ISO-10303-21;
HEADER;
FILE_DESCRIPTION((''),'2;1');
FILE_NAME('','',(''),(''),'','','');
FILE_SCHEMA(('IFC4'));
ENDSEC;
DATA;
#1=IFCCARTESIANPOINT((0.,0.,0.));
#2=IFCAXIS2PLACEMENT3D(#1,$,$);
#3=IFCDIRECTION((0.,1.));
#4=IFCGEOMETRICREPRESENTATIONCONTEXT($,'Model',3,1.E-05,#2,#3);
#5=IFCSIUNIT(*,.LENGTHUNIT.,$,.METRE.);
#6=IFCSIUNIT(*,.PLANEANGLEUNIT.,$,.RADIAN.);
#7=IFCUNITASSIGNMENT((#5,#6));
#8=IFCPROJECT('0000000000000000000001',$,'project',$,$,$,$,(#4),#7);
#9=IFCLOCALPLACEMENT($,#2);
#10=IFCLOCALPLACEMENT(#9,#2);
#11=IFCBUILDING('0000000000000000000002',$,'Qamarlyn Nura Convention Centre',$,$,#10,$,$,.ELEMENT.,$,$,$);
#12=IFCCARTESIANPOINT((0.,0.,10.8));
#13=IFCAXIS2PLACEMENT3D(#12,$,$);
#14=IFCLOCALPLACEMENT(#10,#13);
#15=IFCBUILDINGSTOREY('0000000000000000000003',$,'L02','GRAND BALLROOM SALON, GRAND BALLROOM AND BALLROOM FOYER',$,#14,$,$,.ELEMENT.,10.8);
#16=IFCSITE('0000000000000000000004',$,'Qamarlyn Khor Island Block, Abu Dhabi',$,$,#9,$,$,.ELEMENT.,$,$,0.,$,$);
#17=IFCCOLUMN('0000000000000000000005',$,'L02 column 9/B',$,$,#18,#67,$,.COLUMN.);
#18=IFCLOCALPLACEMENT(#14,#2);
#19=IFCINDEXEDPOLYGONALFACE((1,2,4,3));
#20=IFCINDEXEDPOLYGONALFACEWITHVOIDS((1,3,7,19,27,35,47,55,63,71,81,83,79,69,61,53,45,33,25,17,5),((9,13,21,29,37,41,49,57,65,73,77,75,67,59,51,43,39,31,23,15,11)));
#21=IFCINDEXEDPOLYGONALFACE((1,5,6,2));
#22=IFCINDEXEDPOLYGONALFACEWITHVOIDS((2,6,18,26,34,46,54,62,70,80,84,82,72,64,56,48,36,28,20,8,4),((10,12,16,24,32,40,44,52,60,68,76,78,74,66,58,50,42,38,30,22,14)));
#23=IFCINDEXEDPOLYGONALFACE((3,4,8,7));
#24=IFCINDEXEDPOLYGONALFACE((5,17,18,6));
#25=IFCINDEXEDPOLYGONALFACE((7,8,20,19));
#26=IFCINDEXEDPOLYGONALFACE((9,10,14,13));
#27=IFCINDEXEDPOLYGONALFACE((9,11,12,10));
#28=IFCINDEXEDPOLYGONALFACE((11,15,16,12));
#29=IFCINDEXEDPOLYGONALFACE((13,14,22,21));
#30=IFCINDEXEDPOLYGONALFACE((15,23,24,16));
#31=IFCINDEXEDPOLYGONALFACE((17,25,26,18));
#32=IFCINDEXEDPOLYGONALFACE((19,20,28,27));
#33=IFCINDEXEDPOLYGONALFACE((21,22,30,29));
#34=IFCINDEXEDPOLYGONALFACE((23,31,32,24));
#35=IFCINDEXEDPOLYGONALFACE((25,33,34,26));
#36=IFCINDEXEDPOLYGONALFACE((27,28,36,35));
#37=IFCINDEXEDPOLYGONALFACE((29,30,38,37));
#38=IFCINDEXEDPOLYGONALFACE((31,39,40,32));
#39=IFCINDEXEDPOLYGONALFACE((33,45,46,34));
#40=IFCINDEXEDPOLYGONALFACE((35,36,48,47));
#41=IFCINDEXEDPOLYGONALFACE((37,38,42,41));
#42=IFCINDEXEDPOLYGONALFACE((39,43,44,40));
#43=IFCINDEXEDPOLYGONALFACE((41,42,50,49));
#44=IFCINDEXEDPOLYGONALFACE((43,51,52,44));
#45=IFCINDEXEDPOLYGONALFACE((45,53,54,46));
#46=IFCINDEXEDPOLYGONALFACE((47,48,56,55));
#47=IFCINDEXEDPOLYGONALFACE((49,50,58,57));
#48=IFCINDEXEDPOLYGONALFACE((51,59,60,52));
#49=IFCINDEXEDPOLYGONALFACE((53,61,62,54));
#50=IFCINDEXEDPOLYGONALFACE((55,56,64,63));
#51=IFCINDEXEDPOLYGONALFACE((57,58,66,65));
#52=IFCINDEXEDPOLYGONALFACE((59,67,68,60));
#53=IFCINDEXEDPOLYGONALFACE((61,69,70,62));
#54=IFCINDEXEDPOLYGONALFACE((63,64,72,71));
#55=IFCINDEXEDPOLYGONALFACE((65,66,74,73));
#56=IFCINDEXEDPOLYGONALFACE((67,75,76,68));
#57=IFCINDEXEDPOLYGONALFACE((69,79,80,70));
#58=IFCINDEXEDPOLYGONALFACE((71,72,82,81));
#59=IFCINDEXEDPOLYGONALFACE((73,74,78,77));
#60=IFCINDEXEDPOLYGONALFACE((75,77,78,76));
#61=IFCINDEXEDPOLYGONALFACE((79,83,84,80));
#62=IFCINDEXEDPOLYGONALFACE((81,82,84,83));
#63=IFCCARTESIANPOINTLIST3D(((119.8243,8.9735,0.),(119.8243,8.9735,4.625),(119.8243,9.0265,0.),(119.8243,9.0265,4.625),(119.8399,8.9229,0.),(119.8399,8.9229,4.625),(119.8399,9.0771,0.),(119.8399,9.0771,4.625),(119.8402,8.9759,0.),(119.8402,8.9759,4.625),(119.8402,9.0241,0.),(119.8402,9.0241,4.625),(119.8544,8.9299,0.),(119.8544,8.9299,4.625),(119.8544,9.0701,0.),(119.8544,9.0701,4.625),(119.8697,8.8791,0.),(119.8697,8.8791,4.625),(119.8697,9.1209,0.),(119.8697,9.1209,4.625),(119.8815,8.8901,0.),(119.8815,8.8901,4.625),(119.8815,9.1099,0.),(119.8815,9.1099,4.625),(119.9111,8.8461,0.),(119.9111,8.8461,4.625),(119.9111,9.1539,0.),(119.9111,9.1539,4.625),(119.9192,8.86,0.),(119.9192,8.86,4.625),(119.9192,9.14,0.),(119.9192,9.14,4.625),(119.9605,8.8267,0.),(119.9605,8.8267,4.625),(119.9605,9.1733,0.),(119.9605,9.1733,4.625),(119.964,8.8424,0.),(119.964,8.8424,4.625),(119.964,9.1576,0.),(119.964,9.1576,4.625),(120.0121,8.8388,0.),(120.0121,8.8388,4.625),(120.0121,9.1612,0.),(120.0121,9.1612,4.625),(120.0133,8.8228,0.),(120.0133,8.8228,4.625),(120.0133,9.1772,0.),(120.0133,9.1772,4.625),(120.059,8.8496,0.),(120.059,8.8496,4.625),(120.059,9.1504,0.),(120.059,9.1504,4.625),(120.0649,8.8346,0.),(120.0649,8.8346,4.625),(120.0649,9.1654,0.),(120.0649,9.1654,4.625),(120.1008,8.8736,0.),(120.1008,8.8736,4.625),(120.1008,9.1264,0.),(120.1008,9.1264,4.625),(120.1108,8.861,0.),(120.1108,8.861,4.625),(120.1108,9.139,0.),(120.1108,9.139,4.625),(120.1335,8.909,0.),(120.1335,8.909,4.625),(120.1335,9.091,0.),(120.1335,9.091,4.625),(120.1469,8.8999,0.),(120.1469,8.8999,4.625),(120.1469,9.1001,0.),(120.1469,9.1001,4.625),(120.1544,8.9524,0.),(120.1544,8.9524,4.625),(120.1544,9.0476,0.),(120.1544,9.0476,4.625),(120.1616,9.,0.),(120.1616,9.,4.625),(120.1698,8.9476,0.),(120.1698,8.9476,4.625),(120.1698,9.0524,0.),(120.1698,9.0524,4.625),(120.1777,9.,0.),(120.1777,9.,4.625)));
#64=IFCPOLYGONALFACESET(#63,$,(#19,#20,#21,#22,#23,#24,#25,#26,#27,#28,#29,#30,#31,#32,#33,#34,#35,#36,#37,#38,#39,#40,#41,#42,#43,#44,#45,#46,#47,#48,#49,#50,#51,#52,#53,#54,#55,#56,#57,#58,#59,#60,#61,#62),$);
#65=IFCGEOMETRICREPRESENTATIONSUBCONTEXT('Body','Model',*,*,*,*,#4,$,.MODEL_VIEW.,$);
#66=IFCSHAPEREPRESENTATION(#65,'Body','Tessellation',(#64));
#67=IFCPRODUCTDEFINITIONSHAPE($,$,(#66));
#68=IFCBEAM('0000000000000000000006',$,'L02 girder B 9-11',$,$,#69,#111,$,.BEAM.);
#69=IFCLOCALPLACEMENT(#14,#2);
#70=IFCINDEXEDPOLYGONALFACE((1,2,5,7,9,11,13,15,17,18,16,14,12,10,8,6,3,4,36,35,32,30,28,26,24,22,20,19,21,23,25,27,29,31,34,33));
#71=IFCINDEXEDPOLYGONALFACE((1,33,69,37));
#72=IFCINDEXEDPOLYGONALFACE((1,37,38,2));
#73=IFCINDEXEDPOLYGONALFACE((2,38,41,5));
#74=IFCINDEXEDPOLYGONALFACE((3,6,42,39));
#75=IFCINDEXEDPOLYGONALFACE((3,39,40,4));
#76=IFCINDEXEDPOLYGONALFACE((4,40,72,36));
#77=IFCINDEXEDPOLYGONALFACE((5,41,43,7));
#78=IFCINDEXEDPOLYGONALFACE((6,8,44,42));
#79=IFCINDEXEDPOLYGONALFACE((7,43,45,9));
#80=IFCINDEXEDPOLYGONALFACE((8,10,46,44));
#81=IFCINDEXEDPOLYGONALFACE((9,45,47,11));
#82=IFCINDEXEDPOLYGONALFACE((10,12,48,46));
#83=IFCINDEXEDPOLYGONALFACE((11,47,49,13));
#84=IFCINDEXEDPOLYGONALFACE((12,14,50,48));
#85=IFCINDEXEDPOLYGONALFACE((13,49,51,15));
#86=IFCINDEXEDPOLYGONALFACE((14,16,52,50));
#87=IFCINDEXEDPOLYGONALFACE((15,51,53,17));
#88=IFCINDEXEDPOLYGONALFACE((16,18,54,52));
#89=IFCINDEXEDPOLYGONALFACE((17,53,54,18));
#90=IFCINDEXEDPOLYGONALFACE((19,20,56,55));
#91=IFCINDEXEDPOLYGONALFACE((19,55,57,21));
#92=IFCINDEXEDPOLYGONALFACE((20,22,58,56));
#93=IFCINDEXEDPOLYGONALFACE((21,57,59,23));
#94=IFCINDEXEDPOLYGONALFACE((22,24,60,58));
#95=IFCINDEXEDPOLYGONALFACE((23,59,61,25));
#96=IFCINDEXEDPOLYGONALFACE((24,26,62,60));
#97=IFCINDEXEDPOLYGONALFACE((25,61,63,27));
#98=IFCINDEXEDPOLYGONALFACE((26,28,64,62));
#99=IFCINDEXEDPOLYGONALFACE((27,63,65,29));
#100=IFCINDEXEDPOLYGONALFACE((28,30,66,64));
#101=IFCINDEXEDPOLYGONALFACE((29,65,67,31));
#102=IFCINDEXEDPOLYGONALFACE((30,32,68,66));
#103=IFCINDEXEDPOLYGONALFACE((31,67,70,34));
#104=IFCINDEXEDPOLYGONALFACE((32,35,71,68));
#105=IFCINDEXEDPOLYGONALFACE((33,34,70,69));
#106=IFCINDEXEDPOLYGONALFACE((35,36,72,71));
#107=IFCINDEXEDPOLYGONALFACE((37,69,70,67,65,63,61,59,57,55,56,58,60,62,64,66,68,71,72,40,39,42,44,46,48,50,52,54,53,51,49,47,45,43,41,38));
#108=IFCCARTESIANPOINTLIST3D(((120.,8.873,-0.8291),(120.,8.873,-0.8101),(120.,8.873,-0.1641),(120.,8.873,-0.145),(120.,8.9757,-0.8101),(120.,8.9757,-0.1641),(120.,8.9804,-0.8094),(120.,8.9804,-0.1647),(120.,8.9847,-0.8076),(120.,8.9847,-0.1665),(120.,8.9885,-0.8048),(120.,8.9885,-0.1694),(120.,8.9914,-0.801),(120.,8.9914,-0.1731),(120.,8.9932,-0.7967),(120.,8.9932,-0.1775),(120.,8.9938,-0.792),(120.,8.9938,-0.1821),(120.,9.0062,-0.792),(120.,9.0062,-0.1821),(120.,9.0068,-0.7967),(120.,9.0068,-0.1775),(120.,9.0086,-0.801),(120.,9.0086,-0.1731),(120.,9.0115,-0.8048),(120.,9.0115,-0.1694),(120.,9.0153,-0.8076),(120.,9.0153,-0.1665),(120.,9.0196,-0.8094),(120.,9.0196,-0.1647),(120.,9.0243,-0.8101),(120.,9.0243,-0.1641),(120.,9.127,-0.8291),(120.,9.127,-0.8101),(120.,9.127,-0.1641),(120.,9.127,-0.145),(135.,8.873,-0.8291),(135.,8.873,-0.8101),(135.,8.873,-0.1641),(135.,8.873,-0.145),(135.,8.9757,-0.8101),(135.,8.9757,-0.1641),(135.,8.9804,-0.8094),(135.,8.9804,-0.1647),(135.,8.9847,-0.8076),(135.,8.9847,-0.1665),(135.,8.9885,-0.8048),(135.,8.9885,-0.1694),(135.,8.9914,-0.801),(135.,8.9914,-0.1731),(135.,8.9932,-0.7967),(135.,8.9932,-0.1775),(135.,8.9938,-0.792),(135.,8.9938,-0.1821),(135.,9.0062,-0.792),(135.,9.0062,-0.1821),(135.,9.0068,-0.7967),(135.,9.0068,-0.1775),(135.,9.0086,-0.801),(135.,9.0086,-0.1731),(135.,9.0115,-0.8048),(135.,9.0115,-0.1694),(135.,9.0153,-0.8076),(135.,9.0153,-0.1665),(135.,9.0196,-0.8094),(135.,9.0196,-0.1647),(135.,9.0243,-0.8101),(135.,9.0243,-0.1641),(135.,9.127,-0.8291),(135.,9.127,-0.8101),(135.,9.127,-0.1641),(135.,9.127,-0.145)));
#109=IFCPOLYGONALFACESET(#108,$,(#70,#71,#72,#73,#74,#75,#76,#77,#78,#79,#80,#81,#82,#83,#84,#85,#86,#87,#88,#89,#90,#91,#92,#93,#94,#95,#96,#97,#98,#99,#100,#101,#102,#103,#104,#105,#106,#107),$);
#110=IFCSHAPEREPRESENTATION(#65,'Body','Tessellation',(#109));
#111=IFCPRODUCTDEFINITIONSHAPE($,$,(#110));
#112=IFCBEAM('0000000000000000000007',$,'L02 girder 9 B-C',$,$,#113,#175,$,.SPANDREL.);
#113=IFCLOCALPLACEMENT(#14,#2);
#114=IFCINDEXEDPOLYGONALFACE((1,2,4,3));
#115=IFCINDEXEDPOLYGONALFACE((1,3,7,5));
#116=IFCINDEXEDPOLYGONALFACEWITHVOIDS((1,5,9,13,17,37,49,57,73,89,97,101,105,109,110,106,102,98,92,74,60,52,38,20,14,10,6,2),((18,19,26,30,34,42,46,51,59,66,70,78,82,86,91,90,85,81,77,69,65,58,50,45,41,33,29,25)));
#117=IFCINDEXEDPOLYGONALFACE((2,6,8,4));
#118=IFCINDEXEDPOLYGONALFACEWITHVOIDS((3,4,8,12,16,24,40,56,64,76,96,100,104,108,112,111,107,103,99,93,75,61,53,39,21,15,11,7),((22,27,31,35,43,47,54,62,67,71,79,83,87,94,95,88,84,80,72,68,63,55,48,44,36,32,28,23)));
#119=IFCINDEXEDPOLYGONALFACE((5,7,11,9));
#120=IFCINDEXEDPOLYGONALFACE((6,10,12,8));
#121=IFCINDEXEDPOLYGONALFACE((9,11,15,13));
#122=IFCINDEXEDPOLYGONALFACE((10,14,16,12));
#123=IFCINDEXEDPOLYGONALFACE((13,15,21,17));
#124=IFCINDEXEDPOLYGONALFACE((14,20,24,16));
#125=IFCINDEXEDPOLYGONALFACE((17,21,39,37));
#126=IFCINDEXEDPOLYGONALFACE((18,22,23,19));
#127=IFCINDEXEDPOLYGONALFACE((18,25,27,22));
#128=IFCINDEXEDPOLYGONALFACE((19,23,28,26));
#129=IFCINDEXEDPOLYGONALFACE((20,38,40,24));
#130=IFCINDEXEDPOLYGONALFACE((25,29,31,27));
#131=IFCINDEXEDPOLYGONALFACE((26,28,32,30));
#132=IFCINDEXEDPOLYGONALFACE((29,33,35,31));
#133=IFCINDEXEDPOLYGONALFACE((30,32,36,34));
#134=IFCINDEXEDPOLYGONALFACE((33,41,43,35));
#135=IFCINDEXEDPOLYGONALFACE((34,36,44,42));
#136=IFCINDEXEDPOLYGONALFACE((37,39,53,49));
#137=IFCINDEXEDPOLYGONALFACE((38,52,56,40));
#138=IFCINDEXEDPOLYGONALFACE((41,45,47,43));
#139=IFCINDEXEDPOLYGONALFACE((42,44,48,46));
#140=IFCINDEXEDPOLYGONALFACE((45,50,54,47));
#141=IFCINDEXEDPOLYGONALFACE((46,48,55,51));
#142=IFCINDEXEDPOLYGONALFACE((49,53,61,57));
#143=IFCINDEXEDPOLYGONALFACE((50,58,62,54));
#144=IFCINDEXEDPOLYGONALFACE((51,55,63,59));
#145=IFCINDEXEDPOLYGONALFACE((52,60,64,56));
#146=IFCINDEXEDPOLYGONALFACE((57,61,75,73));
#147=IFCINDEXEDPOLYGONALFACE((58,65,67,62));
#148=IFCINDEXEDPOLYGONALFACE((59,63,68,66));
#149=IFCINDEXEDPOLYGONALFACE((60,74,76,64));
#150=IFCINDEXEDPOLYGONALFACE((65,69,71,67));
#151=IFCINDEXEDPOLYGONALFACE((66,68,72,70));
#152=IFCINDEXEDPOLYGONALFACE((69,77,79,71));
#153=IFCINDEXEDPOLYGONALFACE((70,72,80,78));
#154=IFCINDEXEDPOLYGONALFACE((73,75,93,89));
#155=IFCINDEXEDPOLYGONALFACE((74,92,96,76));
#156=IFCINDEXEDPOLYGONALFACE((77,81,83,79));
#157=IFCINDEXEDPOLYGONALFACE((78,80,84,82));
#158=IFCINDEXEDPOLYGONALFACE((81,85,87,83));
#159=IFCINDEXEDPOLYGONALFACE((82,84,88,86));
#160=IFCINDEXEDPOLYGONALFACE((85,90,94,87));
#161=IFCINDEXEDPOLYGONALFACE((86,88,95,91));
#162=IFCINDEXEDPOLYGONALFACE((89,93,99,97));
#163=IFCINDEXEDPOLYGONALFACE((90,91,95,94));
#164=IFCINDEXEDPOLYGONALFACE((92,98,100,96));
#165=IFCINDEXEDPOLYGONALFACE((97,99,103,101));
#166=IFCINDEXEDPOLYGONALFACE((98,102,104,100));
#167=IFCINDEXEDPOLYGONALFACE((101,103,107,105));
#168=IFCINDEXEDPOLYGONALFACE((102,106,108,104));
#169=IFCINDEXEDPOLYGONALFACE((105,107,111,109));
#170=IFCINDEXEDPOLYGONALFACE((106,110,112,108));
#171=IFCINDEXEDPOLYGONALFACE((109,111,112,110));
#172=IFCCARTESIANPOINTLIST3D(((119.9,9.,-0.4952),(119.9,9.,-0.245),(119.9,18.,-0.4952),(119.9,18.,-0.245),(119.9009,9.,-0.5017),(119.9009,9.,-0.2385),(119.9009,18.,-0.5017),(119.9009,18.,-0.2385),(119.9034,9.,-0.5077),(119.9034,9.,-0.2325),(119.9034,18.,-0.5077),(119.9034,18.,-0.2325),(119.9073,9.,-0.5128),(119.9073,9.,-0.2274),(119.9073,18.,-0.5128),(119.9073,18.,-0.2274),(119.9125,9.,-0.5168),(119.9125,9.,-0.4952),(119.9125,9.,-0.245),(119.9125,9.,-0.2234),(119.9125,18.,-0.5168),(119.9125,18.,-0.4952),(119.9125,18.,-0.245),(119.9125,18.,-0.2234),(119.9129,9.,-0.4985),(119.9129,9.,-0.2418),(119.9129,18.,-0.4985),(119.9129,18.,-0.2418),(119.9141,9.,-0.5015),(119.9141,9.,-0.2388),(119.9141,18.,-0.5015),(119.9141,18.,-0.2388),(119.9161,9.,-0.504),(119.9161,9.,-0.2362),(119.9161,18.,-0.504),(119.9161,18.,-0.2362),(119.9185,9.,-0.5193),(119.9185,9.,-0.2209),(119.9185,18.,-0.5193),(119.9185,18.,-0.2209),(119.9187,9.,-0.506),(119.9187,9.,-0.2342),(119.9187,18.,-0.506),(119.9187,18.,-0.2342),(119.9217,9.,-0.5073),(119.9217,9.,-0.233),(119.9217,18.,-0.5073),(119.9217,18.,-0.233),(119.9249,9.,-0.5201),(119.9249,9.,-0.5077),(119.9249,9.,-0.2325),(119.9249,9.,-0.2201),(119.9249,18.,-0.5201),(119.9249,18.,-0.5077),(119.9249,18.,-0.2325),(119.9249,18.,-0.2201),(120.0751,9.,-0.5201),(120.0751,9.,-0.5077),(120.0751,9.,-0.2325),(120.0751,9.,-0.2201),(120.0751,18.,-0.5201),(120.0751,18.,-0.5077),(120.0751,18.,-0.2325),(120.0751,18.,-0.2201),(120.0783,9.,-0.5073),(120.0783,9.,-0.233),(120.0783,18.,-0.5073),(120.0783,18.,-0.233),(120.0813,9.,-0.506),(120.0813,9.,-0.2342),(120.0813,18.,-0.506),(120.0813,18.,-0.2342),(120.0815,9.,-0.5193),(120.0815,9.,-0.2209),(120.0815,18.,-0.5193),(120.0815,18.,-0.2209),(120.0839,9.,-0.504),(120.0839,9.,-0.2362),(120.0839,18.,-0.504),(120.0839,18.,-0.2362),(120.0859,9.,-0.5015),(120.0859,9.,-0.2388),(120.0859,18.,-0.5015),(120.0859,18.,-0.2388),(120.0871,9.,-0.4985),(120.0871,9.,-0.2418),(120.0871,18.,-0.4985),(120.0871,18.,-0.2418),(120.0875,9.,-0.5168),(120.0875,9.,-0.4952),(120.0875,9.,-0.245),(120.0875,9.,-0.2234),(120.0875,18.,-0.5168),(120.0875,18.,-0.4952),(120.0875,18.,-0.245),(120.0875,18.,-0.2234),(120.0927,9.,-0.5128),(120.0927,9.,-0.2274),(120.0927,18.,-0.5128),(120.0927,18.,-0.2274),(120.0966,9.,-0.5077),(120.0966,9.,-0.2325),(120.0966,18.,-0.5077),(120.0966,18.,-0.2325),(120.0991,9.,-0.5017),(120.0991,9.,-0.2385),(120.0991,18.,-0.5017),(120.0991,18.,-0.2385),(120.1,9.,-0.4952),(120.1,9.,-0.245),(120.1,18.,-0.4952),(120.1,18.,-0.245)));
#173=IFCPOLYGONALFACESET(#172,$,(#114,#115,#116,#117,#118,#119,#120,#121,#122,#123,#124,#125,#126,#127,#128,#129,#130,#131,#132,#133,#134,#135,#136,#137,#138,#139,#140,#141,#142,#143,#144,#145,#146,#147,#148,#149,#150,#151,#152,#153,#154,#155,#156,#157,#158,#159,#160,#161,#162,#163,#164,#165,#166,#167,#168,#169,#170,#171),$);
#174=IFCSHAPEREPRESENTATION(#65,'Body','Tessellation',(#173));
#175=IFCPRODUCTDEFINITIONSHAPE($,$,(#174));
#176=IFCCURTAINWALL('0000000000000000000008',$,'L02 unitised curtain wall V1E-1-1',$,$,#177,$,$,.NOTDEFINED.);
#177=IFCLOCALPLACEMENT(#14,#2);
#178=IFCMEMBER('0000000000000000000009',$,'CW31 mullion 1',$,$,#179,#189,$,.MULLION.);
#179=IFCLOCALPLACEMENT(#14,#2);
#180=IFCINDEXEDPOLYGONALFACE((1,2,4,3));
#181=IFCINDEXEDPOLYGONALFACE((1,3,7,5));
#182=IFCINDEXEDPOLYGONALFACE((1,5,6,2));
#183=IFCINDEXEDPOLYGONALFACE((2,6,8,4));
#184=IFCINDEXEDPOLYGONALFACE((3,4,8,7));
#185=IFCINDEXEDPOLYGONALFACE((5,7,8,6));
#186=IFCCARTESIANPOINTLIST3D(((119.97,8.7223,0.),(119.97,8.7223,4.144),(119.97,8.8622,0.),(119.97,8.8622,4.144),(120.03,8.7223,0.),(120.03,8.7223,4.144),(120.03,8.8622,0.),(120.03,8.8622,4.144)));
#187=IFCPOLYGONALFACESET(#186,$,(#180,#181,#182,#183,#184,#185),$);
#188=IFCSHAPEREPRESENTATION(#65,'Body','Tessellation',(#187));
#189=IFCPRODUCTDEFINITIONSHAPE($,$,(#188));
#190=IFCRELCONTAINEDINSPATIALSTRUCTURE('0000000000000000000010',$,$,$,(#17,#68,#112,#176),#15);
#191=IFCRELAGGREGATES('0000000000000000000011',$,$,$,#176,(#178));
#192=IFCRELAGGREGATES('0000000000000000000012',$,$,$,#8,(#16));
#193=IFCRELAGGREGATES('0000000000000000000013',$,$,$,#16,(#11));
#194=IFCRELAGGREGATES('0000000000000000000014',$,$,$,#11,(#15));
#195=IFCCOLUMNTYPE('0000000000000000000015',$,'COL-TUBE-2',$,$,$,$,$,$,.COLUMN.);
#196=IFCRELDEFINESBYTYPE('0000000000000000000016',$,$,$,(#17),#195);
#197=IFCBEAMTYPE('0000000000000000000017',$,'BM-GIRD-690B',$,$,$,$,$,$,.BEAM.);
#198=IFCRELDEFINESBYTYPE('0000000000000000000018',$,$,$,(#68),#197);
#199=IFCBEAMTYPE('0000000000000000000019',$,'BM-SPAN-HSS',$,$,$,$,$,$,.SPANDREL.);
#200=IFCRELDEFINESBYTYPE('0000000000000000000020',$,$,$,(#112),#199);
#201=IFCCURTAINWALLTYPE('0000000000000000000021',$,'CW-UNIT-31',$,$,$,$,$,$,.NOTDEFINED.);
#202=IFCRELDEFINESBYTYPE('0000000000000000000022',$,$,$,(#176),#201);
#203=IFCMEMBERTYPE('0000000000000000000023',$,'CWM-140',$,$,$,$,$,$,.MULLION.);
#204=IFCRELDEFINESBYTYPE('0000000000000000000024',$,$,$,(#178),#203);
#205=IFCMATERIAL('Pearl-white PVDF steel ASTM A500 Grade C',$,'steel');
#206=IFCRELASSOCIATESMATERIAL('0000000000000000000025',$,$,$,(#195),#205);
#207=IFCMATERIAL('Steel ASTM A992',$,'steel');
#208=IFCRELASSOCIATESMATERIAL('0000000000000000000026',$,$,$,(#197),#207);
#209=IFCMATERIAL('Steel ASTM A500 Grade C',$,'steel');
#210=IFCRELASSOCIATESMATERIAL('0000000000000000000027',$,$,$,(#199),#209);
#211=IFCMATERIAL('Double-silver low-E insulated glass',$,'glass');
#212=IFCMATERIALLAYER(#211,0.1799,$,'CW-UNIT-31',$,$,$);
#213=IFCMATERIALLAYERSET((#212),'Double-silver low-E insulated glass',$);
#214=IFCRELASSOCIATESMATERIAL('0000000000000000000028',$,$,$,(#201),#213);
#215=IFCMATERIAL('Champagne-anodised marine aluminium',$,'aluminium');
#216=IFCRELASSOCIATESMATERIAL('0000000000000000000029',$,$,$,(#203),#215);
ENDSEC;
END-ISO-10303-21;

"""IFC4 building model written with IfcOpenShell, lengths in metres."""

from ifc_helpers import new_model, si_unit, direction, frame, origin, origin_2d, place, context, subcontext, project, spatial, rectangle, hollow_rectangle, hollow_circle, i_section, extrude, material, layer, layer_set, material_profile, profile_set, type_object, element, aggregate, save


model = new_model("IFC4")

# Units and contexts
model_context = context("Model", 3, precision=1e-05, world=origin(), true_north=direction((0.0, 1.0)))
body_context = subcontext(model_context, "Body", "Model", "MODEL_VIEW")
ifc_project = project(units=[si_unit("LENGTHUNIT", "METRE"), si_unit("PLANEANGLEUNIT", "RADIAN")], contexts=[model_context])

# Site, building, storey
site_placement = place(None, origin())
site = spatial("IfcSite", under=ifc_project, at=site_placement, Name="Qamarlyn Khor Island Block, Abu Dhabi", CompositionType="ELEMENT", RefElevation=0.0)
building_placement = place(site_placement, origin())
building = spatial("IfcBuilding", under=site, at=building_placement, Name="Qamarlyn Nura Convention Centre", CompositionType="ELEMENT")
storey_placement = place(building_placement, frame((0.0, 0.0, 10.8)))
storey = spatial("IfcBuildingStorey", under=building, at=storey_placement, Name="L02", Description="GRAND BALLROOM SALON, GRAND BALLROOM AND BALLROOM FOYER", CompositionType="ELEMENT", Elevation=10.8)

# Column
ifc_material_1 = material(Name="Pearl-white PVDF steel ASTM A500 Grade C", Category="steel")
ifc_material_profile_1 = material_profile(ifc_material_1, hollow_circle(Radius=0.1777, WallThickness=0.0161, at=origin_2d()), Name="CHS355.6X16")
ifc_profile_set_1 = profile_set([ifc_material_profile_1], Name="Pearl-white PVDF steel ASTM A500 Grade C")
column_type = type_object("IfcColumnType", Name="COL-TUBE-2", PredefinedType="COLUMN", material=ifc_profile_set_1)
column_placement = place(storey_placement, frame((120.0, 9.0, 0.0), z_axis=(0.0, 0.0, 1.0), x_axis=(1.0, 0.0, 0.0)))
element("IfcColumn", 1, at=column_placement, inside=storey, type_object=column_type, Name="L02 column 9/B", PredefinedType="COLUMN", context=body_context, shape_type="SweptSolid", body=[
    extrude(hollow_circle(Radius=0.1777, WallThickness=0.0161, at=origin_2d()), origin(), (0.0, 0.0, 1.0), 4.625),
])

# Beams
ifc_material_2 = material(Name="Steel ASTM A992", Category="steel")
ifc_material_profile_2 = material_profile(ifc_material_2, i_section(OverallWidth=0.2539, OverallDepth=0.6841, WebThickness=0.0125, FlangeThickness=0.019, FilletRadius=0.0181, at=origin_2d()), Name="W690X140")
ifc_profile_set_2 = profile_set([ifc_material_profile_2], Name="Steel ASTM A992")
beam_type_1 = type_object("IfcBeamType", Name="BM-GIRD-690B", PredefinedType="BEAM", material=ifc_profile_set_2)
beam_1_placement = place(storey_placement, frame((120.0, 9.0, -0.4871), z_axis=(1.0, 0.0, 0.0), x_axis=(0.0, 1.0, 0.0)))
element("IfcBeam", 2, at=beam_1_placement, inside=storey, type_object=beam_type_1, Name="L02 girder B 9-11", PredefinedType="BEAM", context=body_context, shape_type="SweptSolid", body=[
    extrude(i_section(OverallWidth=0.2539, OverallDepth=0.6841, WebThickness=0.0125, FlangeThickness=0.019, FilletRadius=0.0181, at=origin_2d()), origin(), (0.0, 0.0, 1.0), 15.0),
])
ifc_material_3 = material(Name="Steel ASTM A500 Grade C", Category="steel")
ifc_material_profile_3 = material_profile(ifc_material_3, hollow_rectangle(XDim=0.2, YDim=0.3, WallThickness=0.0125, InnerFilletRadius=0.0125, OuterFilletRadius=0.0249, at=origin_2d()), Name="HSS300X200X12.5")
ifc_profile_set_3 = profile_set([ifc_material_profile_3], Name="Steel ASTM A500 Grade C")
beam_type_2 = type_object("IfcBeamType", Name="BM-SPAN-HSS", PredefinedType="SPANDREL", material=ifc_profile_set_3)
beam_2_placement = place(storey_placement, frame((120.0, 9.0, -0.3701), z_axis=(0.0, 1.0, 0.0), x_axis=(-1.0, 0.0, 0.0)))
element("IfcBeam", 3, at=beam_2_placement, inside=storey, type_object=beam_type_2, Name="L02 girder 9 B-C", PredefinedType="SPANDREL", context=body_context, shape_type="SweptSolid", body=[
    extrude(hollow_rectangle(XDim=0.2, YDim=0.3, WallThickness=0.0125, InnerFilletRadius=0.0125, OuterFilletRadius=0.0249, at=origin_2d()), origin(), (0.0, 0.0, 1.0), 9.0),
])

# Curtain wall, member
ifc_material_4 = material(Name="Double-silver low-E insulated glass", Category="glass")
ifc_layer_1 = layer(ifc_material_4, 0.1799, Name="CW-UNIT-31")
ifc_layer_set_1 = layer_set([ifc_layer_1], Name="Double-silver low-E insulated glass")
curtain_wall_type_1 = type_object("IfcCurtainWallType", Name="CW-UNIT-31", PredefinedType="NOTDEFINED", material=ifc_layer_set_1)
curtain_wall_1_placement = place(storey_placement, origin())
curtain_wall_1 = element("IfcCurtainWall", 4, at=curtain_wall_1_placement, inside=storey, type_object=curtain_wall_type_1, Name="L02 unitised curtain wall V1E-1-1", PredefinedType="NOTDEFINED")
ifc_material_5 = material(Name="Champagne-anodised marine aluminium", Category="aluminium")
ifc_material_profile_4 = material_profile(ifc_material_5, rectangle(XDim=0.0601, YDim=0.1399, at=origin_2d()), Name="ALU MULLION 60x140")
ifc_profile_set_4 = profile_set([ifc_material_profile_4], Name="Champagne-anodised marine aluminium")
member_type_1 = type_object("IfcMemberType", Name="CWM-140", PredefinedType="MULLION", material=ifc_profile_set_4)
member_1_placement = place(storey_placement, frame((120.0, 8.7922, 0.0), z_axis=(0.0, 0.0, 1.0), x_axis=(1.0, 0.0, 0.0)))
member_1 = element("IfcMember", 5, at=member_1_placement, type_object=member_type_1, Name="CW31 mullion 1", PredefinedType="MULLION", context=body_context, shape_type="SweptSolid", body=[
    extrude(rectangle(XDim=0.0601, YDim=0.1399, at=origin_2d()), origin(), (0.0, 0.0, 1.0), 4.144),
])

aggregate(curtain_wall_1, [member_1])

save(model, "model.ifc")
